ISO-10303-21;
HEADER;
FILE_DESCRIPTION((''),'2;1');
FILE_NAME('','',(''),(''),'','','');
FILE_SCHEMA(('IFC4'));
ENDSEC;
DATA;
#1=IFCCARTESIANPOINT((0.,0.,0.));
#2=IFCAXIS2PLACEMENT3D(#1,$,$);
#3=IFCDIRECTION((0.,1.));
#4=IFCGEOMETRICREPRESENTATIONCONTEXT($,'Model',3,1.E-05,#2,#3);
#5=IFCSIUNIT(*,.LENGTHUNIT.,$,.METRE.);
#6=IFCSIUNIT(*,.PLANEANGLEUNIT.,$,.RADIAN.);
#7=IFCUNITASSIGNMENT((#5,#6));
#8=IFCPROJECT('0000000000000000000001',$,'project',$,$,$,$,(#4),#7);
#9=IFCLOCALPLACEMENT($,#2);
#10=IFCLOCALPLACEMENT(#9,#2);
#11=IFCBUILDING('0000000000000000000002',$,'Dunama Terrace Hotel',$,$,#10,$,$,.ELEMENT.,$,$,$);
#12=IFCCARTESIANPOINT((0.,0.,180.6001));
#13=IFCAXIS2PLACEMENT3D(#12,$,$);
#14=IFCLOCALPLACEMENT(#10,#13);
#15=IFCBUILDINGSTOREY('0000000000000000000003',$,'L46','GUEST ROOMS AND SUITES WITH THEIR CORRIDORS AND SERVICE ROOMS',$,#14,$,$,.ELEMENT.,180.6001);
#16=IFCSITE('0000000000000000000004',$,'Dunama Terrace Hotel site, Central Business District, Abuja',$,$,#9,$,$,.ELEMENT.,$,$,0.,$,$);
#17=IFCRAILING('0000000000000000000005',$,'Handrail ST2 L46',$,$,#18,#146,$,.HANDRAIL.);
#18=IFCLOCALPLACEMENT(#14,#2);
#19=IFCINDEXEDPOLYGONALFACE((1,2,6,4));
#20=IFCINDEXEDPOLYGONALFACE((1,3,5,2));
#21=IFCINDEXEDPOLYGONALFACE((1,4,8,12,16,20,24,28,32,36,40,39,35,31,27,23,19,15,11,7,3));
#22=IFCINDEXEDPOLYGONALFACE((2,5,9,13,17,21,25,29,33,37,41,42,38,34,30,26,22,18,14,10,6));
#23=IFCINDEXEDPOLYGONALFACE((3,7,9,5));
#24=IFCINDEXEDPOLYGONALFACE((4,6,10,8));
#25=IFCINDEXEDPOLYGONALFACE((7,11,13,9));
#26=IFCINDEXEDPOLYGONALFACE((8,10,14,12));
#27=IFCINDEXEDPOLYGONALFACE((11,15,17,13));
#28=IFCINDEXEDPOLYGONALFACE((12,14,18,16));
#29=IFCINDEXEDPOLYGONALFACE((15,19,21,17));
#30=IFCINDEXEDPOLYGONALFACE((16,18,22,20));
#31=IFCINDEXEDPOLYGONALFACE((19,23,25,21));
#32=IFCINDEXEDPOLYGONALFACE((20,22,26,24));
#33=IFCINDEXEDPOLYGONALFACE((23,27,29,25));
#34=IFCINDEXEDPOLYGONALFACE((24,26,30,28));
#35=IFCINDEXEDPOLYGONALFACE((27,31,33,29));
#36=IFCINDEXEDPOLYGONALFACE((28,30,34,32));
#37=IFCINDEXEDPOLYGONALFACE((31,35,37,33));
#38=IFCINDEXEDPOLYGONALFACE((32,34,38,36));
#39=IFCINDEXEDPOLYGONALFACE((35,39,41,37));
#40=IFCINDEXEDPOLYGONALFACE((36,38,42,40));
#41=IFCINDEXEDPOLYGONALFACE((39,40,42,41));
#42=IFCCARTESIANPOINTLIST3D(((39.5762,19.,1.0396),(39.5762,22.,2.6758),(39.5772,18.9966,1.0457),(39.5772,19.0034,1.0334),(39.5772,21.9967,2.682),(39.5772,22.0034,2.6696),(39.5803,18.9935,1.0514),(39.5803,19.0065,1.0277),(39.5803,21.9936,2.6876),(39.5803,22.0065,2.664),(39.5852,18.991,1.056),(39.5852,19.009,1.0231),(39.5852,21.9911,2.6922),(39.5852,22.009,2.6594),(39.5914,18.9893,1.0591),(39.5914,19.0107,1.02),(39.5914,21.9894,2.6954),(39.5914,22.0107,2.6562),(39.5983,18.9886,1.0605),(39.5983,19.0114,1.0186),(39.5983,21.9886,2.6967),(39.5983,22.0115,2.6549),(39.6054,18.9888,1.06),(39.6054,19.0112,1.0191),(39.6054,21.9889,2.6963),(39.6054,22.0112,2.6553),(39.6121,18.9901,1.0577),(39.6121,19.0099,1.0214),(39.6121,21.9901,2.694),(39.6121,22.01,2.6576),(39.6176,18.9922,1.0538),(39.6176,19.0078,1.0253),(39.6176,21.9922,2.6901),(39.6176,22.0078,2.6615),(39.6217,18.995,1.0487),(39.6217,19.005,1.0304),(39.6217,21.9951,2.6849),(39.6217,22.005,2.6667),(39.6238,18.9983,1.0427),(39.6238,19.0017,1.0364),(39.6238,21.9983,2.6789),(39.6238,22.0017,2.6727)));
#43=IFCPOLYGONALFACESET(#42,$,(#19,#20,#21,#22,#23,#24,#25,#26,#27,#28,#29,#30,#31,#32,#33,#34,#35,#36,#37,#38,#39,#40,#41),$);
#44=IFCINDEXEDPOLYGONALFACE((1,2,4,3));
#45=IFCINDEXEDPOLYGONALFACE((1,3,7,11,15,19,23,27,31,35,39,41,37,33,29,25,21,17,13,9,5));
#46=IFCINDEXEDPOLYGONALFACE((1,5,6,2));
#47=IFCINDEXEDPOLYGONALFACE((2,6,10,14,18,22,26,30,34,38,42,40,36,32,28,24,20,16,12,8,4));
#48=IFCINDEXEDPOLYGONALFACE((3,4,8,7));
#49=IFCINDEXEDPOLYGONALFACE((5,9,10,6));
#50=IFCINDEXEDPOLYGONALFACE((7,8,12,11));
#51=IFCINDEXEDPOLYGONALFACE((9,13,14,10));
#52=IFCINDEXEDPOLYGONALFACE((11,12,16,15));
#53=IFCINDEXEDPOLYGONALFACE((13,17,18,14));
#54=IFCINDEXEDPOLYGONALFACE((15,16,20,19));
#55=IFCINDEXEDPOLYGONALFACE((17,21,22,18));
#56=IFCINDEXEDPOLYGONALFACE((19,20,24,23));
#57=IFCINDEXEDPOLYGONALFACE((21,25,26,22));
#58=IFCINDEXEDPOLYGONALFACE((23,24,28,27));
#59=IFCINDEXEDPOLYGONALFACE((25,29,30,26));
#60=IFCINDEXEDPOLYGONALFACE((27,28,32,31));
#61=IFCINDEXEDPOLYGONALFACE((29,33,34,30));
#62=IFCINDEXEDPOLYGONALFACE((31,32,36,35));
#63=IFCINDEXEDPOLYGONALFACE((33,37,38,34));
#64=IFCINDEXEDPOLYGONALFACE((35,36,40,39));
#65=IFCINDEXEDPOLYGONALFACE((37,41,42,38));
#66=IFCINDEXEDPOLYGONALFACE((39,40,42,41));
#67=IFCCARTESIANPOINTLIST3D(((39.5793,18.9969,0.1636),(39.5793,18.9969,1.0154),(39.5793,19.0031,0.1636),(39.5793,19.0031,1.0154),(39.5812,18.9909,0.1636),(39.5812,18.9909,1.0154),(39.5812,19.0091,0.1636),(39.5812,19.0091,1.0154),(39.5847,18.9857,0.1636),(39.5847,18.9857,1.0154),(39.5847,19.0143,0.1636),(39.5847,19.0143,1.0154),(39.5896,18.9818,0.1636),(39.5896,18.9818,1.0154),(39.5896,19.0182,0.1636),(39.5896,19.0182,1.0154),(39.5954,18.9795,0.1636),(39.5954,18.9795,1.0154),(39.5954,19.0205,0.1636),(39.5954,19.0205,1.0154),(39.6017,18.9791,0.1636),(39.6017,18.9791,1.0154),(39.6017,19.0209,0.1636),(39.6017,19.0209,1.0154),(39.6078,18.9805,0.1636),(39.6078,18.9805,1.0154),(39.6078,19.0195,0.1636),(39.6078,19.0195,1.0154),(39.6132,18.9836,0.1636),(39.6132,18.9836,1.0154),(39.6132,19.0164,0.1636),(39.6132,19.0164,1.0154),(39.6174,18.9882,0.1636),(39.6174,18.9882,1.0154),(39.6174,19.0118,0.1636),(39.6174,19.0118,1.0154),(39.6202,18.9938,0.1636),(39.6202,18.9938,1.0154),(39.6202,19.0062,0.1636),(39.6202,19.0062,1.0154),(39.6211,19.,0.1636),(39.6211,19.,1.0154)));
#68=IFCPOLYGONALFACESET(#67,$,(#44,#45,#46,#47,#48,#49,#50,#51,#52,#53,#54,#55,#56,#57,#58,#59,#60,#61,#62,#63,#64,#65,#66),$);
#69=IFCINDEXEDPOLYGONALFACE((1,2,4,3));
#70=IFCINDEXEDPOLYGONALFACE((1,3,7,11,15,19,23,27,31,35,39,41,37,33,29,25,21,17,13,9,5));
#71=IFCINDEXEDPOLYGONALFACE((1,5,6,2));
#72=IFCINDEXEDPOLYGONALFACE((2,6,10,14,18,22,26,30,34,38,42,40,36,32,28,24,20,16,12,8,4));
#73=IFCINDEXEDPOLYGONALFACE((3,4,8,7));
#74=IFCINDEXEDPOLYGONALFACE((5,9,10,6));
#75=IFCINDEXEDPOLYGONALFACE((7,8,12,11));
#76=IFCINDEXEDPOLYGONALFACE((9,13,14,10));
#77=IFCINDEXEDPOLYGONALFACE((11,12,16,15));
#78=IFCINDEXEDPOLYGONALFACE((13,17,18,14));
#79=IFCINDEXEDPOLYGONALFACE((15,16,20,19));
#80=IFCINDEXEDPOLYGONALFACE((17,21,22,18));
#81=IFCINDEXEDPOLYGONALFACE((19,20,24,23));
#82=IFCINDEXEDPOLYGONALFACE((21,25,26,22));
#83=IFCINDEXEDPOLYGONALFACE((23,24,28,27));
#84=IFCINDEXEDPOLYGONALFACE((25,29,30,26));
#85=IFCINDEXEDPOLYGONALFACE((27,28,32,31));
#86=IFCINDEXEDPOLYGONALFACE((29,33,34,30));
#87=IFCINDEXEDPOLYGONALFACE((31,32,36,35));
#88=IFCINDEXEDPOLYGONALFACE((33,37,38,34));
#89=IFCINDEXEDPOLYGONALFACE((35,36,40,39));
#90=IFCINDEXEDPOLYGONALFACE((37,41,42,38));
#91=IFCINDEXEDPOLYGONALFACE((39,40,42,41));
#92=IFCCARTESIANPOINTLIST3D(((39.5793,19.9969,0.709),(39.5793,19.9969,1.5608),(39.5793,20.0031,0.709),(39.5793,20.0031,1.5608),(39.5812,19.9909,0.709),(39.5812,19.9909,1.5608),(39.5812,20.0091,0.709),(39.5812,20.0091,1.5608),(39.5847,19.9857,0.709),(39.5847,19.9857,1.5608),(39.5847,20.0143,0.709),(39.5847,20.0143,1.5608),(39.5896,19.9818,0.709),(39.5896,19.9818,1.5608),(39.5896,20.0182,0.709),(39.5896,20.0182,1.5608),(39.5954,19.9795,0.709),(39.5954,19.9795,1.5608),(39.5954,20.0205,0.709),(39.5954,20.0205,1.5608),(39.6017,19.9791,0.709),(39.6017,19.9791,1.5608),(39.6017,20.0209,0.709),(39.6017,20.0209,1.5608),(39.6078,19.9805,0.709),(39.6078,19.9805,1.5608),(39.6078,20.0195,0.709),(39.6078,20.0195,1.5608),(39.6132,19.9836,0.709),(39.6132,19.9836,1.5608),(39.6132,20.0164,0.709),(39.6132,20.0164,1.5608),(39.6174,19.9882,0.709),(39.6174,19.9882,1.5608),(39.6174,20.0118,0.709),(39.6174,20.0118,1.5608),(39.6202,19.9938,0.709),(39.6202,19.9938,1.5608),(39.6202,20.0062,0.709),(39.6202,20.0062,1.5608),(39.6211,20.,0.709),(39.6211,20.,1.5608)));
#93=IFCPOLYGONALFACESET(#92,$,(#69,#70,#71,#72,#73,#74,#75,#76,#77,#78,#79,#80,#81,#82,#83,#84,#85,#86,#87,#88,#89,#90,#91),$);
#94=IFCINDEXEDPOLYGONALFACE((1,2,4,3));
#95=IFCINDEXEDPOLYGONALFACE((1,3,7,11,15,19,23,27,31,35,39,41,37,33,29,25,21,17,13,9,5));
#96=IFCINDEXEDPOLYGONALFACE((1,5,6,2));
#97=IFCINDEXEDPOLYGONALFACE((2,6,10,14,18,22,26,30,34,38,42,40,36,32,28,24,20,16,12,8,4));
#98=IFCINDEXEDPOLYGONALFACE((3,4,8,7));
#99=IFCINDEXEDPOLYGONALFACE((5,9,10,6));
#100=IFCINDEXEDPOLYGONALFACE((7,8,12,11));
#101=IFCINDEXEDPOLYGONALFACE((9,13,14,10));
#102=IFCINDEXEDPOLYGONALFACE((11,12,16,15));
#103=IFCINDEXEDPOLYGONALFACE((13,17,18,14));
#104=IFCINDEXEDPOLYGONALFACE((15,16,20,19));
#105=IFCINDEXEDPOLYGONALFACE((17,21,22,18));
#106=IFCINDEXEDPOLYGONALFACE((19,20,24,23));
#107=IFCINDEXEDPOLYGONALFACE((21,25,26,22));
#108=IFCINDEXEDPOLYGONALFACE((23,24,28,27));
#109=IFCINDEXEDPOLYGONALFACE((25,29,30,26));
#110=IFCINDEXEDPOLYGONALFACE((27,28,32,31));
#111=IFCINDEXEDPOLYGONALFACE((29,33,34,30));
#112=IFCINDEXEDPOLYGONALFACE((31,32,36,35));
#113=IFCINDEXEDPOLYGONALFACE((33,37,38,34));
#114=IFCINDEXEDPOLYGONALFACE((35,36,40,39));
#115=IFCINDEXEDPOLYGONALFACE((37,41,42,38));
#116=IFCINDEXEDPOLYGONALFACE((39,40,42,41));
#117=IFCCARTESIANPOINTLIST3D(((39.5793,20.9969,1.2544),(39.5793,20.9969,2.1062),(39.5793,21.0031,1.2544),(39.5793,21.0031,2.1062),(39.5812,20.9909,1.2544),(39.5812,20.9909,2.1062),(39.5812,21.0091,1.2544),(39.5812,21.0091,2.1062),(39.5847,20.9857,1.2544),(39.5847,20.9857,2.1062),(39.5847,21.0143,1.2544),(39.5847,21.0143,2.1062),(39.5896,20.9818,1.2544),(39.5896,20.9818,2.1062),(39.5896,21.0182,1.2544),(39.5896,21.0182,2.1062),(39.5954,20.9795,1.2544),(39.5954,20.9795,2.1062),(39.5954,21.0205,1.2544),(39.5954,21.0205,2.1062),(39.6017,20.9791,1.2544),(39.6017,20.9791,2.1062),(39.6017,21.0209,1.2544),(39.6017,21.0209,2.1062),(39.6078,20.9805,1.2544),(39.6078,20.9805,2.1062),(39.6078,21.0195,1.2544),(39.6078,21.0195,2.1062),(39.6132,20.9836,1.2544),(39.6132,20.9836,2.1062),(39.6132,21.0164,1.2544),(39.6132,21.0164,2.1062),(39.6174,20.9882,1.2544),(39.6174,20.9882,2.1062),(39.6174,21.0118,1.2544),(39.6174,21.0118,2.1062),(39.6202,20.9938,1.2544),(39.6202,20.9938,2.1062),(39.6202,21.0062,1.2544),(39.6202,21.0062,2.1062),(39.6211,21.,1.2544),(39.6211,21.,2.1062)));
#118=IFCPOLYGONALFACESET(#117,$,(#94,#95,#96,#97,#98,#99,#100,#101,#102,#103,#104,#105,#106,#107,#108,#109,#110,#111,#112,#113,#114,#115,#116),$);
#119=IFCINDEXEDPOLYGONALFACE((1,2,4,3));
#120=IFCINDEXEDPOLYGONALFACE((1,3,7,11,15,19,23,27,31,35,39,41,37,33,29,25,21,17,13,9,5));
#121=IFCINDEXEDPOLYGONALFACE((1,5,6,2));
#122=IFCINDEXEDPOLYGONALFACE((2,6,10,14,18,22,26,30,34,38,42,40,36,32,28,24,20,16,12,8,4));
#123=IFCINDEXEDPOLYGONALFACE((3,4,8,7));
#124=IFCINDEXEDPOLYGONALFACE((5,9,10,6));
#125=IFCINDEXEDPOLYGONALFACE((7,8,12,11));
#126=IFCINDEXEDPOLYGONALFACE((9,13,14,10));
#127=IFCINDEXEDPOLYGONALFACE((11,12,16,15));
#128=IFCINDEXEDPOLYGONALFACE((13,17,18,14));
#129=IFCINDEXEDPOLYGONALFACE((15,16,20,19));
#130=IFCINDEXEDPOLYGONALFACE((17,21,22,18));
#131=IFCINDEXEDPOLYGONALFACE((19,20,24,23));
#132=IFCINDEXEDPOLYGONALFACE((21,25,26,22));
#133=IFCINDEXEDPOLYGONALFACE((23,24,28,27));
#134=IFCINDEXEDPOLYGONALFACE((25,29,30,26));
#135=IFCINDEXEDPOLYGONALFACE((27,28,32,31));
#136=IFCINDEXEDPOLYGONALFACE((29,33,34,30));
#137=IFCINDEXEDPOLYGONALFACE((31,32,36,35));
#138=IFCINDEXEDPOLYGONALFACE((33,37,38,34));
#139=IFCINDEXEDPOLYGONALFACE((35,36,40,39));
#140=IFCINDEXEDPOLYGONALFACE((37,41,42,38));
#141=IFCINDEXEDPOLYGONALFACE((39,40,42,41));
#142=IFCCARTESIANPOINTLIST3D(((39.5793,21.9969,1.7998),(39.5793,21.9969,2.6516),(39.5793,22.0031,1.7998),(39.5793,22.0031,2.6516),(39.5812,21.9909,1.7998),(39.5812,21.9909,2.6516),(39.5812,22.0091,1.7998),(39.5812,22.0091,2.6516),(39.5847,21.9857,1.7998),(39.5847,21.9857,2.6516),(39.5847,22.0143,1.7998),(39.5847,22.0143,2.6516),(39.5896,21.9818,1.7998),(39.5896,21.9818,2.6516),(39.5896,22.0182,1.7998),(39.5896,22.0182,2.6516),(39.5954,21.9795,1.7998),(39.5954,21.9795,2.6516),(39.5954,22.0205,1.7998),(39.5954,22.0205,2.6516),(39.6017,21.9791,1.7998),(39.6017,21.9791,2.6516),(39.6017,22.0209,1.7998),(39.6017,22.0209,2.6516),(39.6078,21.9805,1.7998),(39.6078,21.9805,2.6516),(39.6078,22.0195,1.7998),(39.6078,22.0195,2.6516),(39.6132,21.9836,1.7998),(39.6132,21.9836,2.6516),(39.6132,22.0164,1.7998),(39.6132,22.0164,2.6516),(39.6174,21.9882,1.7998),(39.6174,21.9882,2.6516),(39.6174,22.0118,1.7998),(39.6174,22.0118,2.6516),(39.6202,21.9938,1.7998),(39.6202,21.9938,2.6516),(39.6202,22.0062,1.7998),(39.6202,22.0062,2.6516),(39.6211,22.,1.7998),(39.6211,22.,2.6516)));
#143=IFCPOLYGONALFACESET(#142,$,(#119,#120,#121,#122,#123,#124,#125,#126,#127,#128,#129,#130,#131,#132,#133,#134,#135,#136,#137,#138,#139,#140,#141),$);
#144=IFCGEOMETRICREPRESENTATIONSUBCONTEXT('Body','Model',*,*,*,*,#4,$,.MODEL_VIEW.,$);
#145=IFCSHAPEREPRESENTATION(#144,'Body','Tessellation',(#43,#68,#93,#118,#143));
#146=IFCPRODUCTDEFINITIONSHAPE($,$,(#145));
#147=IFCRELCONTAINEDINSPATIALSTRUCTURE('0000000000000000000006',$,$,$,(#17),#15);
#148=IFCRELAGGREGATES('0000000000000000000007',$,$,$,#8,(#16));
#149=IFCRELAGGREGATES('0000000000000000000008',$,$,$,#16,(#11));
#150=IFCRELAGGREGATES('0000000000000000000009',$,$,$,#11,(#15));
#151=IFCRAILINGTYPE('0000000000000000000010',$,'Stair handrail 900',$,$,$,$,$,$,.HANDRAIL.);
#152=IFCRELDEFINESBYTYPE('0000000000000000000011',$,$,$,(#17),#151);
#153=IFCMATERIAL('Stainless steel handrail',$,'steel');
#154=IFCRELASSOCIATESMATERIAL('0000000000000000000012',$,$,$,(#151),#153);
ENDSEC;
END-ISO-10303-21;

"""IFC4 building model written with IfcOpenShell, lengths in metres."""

from ifc_helpers import new_model, si_unit, direction, frame, origin, origin_2d, place, context, subcontext, project, spatial, circle, extrude, material, type_object, element, save


model = new_model("IFC4")

# Units and contexts
model_context = context("Model", 3, precision=1e-05, world=origin(), true_north=direction((0.0, 1.0)))
body_context = subcontext(model_context, "Body", "Model", "MODEL_VIEW")
ifc_project = project(units=[si_unit("LENGTHUNIT", "METRE"), si_unit("PLANEANGLEUNIT", "RADIAN")], contexts=[model_context])

# Site, building, storey
site_placement = place(None, origin())
site = spatial("IfcSite", under=ifc_project, at=site_placement, Name="Dunama Terrace Hotel site, Central Business District, Abuja", CompositionType="ELEMENT", RefElevation=0.0)
building_placement = place(site_placement, origin())
building = spatial("IfcBuilding", under=site, at=building_placement, Name="Dunama Terrace Hotel", CompositionType="ELEMENT")
storey_placement = place(building_placement, frame((0.0, 0.0, 180.6001)))
storey = spatial("IfcBuildingStorey", under=building, at=storey_placement, Name="L46", Description="GUEST ROOMS AND SUITES WITH THEIR CORRIDORS AND SERVICE ROOMS", CompositionType="ELEMENT", Elevation=180.6001)

# Railing
ifc_material_1 = material(Name="Stainless steel handrail", Category="steel")
railing_type_1 = type_object("IfcRailingType", Name="Stair handrail 900", PredefinedType="HANDRAIL", material=ifc_material_1)
railing_1_placement = place(storey_placement, frame((39.6001, 19.0, 0.1636)))
element("IfcRailing", 1, at=railing_1_placement, inside=storey, type_object=railing_type_1, Name="Handrail ST2 L46", PredefinedType="HANDRAIL", context=body_context, shape_type="SweptSolid", body=[
    extrude(circle(Radius=0.0239, at=origin_2d()), frame((0.0, 0.0, 0.876), z_axis=(0.0, 0.877912, 0.478822), x_axis=(-1.0, 0.0, 0.0)), (0.0, 0.0, 1.0), 3.4172),
    extrude(circle(Radius=0.021, at=origin_2d()), origin(), (0.0, 0.0, 1.0), 0.8518),
    extrude(circle(Radius=0.021, at=origin_2d()), frame((0.0, 1.0, 0.5454)), (0.0, 0.0, 1.0), 0.8518),
    extrude(circle(Radius=0.021, at=origin_2d()), frame((0.0, 2.0, 1.0908)), (0.0, 0.0, 1.0), 0.8518),
    extrude(circle(Radius=0.021, at=origin_2d()), frame((0.0, 3.0, 1.6362)), (0.0, 0.0, 1.0), 0.8518),
])

save(model, "model.ifc")
